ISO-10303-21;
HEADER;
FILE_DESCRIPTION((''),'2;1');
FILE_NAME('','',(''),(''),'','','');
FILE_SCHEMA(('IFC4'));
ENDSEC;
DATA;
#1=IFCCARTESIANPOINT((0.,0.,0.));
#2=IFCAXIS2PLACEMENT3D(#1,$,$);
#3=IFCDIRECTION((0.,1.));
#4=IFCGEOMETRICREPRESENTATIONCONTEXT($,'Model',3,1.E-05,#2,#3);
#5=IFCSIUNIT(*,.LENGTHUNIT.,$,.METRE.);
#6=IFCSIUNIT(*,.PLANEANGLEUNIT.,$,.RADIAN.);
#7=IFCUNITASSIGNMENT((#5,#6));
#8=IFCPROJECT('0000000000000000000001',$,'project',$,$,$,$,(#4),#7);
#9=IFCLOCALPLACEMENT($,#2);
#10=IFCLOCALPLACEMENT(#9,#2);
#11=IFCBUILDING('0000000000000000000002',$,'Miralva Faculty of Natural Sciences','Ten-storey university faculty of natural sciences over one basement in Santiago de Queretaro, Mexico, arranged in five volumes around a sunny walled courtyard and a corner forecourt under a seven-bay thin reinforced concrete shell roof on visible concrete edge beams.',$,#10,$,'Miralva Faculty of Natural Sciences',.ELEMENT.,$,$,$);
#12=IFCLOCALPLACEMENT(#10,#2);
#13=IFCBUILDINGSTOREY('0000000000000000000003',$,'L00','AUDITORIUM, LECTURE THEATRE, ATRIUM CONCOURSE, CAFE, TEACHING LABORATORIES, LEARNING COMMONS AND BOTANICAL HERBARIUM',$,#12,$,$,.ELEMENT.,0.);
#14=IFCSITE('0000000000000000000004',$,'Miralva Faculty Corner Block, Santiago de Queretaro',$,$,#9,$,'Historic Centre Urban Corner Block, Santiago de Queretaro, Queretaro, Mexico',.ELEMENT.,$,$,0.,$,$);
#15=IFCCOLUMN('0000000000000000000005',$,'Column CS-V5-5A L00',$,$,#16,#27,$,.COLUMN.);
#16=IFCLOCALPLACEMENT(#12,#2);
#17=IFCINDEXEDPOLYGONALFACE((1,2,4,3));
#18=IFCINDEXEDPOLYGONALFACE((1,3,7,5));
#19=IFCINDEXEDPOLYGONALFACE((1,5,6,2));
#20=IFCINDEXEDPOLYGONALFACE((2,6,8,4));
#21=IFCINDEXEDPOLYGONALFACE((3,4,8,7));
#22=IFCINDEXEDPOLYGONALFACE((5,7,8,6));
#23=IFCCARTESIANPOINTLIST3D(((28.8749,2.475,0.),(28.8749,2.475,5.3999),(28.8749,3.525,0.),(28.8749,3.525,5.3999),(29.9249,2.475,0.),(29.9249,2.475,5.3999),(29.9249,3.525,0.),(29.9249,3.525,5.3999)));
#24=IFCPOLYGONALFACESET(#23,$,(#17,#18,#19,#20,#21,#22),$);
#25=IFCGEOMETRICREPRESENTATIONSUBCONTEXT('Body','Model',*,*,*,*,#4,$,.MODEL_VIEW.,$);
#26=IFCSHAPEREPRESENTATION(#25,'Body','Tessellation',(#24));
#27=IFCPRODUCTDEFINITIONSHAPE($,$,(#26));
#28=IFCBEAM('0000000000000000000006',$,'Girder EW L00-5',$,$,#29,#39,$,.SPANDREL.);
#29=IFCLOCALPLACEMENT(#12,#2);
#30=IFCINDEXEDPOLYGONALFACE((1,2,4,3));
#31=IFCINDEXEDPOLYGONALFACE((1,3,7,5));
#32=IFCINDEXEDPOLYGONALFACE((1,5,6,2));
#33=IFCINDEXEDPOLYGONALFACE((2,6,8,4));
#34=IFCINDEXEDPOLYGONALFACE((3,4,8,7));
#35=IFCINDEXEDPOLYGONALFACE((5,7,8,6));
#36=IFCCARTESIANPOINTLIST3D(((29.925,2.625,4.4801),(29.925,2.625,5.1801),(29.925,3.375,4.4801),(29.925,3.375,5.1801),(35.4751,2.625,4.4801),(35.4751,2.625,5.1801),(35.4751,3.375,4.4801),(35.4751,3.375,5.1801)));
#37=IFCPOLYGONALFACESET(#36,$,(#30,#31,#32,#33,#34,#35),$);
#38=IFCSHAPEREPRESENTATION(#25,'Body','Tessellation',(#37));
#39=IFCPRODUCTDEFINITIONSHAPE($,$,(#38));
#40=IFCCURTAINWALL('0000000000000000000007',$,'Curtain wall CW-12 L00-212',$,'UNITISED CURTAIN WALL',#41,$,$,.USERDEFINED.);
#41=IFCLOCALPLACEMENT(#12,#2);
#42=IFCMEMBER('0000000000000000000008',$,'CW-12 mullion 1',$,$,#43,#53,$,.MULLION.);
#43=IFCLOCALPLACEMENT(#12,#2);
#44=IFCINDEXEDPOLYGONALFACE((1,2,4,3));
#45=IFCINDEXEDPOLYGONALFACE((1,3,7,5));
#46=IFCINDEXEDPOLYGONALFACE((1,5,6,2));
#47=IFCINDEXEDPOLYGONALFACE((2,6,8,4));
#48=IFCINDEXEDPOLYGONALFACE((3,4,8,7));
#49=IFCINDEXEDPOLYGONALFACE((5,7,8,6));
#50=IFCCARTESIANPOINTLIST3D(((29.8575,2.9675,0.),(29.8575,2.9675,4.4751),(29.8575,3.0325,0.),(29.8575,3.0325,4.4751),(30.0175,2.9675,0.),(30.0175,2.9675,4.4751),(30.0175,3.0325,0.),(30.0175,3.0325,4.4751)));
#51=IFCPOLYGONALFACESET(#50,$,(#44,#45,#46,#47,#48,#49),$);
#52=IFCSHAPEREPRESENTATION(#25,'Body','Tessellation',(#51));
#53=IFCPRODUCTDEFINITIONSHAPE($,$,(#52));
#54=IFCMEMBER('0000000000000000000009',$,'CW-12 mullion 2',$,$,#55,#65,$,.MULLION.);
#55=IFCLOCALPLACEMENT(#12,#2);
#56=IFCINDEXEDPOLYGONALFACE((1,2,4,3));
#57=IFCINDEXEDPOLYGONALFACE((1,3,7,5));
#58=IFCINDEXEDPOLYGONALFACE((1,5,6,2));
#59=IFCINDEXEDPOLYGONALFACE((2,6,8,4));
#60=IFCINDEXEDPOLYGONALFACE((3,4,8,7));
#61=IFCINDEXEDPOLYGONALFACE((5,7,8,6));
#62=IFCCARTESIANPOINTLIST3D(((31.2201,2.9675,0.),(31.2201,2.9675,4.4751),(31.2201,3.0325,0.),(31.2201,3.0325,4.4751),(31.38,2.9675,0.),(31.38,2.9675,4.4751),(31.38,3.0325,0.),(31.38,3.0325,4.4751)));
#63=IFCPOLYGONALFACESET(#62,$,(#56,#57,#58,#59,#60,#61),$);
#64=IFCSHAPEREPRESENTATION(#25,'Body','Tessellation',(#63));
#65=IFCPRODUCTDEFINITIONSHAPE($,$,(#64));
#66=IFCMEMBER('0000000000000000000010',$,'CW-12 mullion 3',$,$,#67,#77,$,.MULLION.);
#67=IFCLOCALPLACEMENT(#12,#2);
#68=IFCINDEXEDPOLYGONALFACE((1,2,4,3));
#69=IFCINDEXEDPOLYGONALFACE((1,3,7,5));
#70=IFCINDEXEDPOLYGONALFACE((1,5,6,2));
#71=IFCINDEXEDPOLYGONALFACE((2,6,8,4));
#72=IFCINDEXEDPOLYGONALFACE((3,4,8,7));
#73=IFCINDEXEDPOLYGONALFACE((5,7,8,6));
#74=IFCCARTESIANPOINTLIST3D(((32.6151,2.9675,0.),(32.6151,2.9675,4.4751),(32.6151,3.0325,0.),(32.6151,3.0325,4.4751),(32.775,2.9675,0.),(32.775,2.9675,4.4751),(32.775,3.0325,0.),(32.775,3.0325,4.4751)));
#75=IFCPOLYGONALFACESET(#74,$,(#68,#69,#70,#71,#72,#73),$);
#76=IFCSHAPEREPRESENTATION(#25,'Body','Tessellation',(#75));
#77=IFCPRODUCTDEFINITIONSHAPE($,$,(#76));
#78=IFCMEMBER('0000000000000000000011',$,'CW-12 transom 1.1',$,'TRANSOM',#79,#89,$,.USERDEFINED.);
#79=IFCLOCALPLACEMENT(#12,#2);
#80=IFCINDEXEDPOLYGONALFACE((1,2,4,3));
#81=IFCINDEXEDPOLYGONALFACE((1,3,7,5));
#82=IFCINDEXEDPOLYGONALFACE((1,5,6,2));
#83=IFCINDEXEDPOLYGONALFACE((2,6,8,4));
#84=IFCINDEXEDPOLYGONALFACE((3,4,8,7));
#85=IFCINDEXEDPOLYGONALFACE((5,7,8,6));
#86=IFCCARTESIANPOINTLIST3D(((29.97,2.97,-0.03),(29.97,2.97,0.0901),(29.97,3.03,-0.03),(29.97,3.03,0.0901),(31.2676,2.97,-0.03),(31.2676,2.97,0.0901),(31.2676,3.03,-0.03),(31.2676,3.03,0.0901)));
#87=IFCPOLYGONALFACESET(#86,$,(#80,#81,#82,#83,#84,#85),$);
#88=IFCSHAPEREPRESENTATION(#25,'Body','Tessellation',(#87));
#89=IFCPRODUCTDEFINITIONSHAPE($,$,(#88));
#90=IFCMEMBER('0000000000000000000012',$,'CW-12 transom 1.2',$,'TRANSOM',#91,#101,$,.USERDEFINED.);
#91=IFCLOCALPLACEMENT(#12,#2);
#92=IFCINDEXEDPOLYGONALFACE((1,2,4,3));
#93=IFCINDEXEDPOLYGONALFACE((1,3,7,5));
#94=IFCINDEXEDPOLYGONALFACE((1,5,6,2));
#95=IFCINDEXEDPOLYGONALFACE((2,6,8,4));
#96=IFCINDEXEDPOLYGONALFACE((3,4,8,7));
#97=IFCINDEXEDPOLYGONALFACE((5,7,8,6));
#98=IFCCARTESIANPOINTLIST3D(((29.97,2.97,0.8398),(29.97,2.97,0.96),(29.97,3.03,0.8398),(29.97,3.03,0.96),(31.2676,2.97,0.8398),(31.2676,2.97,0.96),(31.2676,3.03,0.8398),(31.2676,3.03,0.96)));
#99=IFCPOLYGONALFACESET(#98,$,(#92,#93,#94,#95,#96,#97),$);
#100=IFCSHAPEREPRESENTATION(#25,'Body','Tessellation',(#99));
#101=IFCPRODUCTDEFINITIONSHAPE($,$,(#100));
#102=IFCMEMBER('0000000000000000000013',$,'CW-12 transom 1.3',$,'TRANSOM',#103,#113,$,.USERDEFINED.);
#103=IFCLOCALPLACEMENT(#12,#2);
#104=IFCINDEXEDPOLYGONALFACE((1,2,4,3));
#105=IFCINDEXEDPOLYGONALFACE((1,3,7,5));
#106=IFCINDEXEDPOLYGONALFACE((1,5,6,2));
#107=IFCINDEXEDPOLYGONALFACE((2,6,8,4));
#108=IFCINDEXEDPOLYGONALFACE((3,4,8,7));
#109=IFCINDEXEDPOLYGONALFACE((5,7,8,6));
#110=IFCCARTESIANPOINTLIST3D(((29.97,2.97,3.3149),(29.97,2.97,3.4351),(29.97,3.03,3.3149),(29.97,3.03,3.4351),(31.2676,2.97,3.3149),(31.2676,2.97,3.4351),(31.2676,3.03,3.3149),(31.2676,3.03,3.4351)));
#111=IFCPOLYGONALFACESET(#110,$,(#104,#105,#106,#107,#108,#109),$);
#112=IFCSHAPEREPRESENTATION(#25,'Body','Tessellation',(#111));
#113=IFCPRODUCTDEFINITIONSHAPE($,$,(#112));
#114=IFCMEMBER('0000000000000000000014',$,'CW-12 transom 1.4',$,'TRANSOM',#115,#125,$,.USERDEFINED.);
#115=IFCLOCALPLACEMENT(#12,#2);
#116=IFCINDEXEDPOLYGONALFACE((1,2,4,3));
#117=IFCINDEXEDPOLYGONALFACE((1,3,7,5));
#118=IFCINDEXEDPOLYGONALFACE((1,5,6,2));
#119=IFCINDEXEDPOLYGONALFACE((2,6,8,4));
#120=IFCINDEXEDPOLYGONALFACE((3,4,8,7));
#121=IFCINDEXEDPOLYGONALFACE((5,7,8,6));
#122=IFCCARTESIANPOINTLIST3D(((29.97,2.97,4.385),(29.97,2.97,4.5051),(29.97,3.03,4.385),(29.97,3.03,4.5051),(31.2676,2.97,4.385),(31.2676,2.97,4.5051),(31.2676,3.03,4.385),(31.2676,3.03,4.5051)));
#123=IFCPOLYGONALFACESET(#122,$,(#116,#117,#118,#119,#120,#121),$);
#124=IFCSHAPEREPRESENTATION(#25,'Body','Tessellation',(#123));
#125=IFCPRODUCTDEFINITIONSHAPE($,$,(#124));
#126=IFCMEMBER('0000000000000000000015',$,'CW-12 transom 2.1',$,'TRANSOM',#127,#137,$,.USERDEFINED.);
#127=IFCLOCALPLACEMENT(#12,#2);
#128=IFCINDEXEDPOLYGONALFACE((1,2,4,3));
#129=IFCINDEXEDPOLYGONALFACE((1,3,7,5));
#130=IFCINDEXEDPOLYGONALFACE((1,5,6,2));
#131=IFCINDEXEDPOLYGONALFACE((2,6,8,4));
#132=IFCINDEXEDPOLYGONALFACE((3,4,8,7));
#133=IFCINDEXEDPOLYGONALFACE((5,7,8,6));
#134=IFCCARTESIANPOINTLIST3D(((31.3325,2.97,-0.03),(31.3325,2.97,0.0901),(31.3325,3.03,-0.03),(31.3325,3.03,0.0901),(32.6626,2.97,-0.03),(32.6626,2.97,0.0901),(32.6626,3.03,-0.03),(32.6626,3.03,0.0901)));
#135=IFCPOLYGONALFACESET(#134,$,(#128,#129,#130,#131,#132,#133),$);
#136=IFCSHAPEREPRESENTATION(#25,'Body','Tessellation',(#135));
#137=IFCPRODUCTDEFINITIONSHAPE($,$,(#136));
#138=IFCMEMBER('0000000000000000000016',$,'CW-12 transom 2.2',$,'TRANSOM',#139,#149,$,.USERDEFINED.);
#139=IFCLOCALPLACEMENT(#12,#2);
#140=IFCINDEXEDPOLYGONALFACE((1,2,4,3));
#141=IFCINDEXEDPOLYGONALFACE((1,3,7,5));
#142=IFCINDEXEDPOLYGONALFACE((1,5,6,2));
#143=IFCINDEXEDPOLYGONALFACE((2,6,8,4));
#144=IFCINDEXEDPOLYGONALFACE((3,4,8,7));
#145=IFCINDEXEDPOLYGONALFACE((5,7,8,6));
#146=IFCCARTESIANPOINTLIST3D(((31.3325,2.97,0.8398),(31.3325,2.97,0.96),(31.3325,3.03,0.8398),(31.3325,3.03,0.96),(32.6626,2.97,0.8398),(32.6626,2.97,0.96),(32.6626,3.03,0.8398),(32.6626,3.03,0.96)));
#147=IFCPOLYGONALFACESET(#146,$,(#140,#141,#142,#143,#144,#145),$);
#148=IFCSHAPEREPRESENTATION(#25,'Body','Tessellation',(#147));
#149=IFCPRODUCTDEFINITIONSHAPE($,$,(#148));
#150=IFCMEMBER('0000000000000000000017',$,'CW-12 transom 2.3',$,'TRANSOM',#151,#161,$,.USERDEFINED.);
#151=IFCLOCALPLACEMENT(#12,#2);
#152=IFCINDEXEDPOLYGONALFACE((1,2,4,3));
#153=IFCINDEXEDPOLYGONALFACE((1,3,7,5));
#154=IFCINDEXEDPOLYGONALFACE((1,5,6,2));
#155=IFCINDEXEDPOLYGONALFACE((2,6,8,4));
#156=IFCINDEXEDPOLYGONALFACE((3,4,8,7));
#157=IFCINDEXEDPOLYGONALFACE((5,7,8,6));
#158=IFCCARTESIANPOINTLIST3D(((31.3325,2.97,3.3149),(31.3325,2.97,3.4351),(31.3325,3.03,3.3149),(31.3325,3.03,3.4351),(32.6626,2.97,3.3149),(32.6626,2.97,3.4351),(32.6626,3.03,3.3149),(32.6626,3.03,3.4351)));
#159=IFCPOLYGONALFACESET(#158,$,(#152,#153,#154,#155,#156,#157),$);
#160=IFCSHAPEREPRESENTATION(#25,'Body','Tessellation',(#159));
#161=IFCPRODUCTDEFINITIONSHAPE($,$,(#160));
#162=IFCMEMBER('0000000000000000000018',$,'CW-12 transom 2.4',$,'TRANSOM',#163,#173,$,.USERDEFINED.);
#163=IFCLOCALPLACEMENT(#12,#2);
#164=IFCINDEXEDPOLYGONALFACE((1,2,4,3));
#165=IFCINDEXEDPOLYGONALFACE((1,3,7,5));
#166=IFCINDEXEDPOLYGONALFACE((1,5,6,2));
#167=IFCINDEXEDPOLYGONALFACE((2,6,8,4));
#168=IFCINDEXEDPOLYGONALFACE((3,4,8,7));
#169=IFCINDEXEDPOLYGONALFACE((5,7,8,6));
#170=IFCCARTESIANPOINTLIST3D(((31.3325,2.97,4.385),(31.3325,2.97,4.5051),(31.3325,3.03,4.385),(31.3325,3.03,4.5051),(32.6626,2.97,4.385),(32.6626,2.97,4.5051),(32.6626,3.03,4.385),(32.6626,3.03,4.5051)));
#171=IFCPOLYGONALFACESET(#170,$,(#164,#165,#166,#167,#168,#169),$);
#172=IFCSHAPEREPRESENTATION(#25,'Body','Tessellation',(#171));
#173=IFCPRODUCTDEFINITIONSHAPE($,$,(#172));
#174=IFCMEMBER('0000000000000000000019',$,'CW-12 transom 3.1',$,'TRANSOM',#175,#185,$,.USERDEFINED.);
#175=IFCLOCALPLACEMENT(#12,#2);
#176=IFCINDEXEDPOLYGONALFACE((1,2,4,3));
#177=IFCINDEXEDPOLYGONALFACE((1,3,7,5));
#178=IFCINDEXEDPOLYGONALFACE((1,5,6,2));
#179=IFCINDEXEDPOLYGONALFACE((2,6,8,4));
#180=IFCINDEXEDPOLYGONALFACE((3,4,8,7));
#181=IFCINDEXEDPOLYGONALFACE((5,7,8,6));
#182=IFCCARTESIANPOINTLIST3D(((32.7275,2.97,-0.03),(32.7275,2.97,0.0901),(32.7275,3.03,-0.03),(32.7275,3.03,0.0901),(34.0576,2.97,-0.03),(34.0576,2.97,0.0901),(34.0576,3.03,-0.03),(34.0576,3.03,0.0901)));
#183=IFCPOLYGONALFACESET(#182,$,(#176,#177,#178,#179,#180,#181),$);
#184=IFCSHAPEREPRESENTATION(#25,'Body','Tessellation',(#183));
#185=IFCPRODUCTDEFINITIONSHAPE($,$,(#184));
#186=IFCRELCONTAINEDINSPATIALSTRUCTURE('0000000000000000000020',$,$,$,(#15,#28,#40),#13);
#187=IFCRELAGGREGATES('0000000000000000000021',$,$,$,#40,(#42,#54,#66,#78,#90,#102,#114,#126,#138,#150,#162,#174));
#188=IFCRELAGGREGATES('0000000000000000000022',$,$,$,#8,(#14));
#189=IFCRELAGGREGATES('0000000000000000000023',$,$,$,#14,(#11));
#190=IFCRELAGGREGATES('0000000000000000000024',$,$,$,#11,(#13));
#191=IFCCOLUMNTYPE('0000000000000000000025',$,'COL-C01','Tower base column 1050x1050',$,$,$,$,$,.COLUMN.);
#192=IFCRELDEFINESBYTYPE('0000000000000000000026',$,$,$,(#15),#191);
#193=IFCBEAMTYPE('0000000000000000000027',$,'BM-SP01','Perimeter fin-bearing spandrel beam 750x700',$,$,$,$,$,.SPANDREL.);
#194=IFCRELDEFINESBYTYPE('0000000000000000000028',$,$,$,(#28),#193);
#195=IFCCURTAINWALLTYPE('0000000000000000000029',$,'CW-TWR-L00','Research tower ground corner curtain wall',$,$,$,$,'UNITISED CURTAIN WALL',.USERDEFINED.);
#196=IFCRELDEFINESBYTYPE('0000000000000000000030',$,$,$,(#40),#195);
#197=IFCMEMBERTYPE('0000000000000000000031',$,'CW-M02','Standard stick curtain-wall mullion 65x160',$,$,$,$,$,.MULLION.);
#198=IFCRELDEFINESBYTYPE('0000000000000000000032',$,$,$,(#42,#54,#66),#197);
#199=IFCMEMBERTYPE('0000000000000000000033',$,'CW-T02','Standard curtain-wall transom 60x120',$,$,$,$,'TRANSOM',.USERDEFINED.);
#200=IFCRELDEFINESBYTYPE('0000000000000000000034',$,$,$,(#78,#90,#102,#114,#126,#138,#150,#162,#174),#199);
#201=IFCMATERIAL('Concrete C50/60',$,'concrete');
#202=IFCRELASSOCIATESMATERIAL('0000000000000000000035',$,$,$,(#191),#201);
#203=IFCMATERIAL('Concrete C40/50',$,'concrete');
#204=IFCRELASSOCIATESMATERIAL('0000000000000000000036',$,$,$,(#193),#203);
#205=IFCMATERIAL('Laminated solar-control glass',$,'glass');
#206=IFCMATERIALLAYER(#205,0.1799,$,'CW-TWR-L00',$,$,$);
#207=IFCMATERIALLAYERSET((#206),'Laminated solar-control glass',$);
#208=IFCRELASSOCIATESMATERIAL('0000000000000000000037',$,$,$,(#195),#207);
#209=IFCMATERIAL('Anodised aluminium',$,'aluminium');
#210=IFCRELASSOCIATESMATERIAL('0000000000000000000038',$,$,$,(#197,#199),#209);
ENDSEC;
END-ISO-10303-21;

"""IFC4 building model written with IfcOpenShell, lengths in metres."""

from ifc_helpers import new_model, si_unit, direction, frame, origin, origin_2d, place, context, subcontext, project, spatial, rectangle, extrude, material, layer, layer_set, material_profile, profile_set, type_object, element, aggregate, save


model = new_model("IFC4")

# Units and contexts
model_context = context("Model", 3, precision=1e-05, world=origin(), true_north=direction((0.0, 1.0)))
body_context = subcontext(model_context, "Body", "Model", "MODEL_VIEW")
ifc_project = project(units=[si_unit("LENGTHUNIT", "METRE"), si_unit("PLANEANGLEUNIT", "RADIAN")], contexts=[model_context])

# Site, building, storey
site_placement = place(None, origin())
site = spatial("IfcSite", under=ifc_project, at=site_placement, Name="Miralva Faculty Corner Block, Santiago de Queretaro", LongName="Historic Centre Urban Corner Block, Santiago de Queretaro, Queretaro, Mexico", CompositionType="ELEMENT", RefElevation=0.0)
building_placement = place(site_placement, origin())
building = spatial("IfcBuilding", under=site, at=building_placement, Name="Miralva Faculty of Natural Sciences", Description="Ten-storey university faculty of natural sciences over one basement in Santiago de Queretaro, Mexico, arranged in five volumes around a sunny walled courtyard and a corner forecourt under a seven-bay thin reinforced concrete shell roof on visible concrete edge beams.", LongName="Miralva Faculty of Natural Sciences", CompositionType="ELEMENT")
storey_placement = place(building_placement, origin())
storey = spatial("IfcBuildingStorey", under=building, at=storey_placement, Name="L00", Description="AUDITORIUM, LECTURE THEATRE, ATRIUM CONCOURSE, CAFE, TEACHING LABORATORIES, LEARNING COMMONS AND BOTANICAL HERBARIUM", CompositionType="ELEMENT", Elevation=0.0)

# Column
ifc_material_1 = material(Name="Concrete C50/60", Category="concrete")
ifc_material_profile_1 = material_profile(ifc_material_1, rectangle(XDim=1.05, YDim=1.05, at=origin_2d()), Name="RC 1050x1050")
ifc_profile_set_1 = profile_set([ifc_material_profile_1], Name="Concrete C50/60")
column_type = type_object("IfcColumnType", Name="COL-C01", Description="Tower base column 1050x1050", PredefinedType="COLUMN", material=ifc_profile_set_1)
column_placement = place(storey_placement, frame((29.3999, 3.0, 0.0), z_axis=(0.0, 0.0, 1.0), x_axis=(1.0, 0.0, 0.0)))
element("IfcColumn", 1, at=column_placement, inside=storey, type_object=column_type, Name="Column CS-V5-5A L00", PredefinedType="COLUMN", context=body_context, shape_type="SweptSolid", body=[
    extrude(rectangle(XDim=1.05, YDim=1.05, at=origin_2d()), origin(), (0.0, 0.0, 1.0), 5.3999),
])

# Beam
ifc_material_2 = material(Name="Concrete C40/50", Category="concrete")
ifc_material_profile_2 = material_profile(ifc_material_2, rectangle(XDim=0.75, YDim=0.7, at=origin_2d()), Name="RC 750x700")
ifc_profile_set_2 = profile_set([ifc_material_profile_2], Name="Concrete C40/50")
beam_type = type_object("IfcBeamType", Name="BM-SP01", Description="Perimeter fin-bearing spandrel beam 750x700", PredefinedType="SPANDREL", material=ifc_profile_set_2)
beam_placement = place(storey_placement, frame((29.925, 3.0, 4.8301), z_axis=(1.0, 0.0, 0.0), x_axis=(0.0, 1.0, 0.0)))
element("IfcBeam", 2, at=beam_placement, inside=storey, type_object=beam_type, Name="Girder EW L00-5", PredefinedType="SPANDREL", context=body_context, shape_type="SweptSolid", body=[
    extrude(rectangle(XDim=0.75, YDim=0.7, at=origin_2d()), origin(), (0.0, 0.0, 1.0), 5.55),
])

# Curtain wall, members
ifc_material_3 = material(Name="Laminated solar-control glass", Category="glass")
ifc_layer_1 = layer(ifc_material_3, 0.1799, Name="CW-TWR-L00")
ifc_layer_set_1 = layer_set([ifc_layer_1], Name="Laminated solar-control glass")
curtain_wall_type = type_object("IfcCurtainWallType", Name="CW-TWR-L00", Description="Research tower ground corner curtain wall", ElementType="UNITISED CURTAIN WALL", PredefinedType="USERDEFINED", material=ifc_layer_set_1)
curtain_wall_placement = place(storey_placement, origin())
curtain_wall = element("IfcCurtainWall", 3, at=curtain_wall_placement, inside=storey, type_object=curtain_wall_type, Name="Curtain wall CW-12 L00-212", ObjectType="UNITISED CURTAIN WALL", PredefinedType="USERDEFINED")
ifc_material_4 = material(Name="Anodised aluminium", Category="aluminium")
ifc_material_profile_3 = material_profile(ifc_material_4, rectangle(XDim=0.0649, YDim=0.1599, at=origin_2d()), Name="MULLION 65x160")
ifc_profile_set_3 = profile_set([ifc_material_profile_3], Name="Anodised aluminium")
member_type_1 = type_object("IfcMemberType", Name="CW-M02", Description="Standard stick curtain-wall mullion 65x160", PredefinedType="MULLION", material=ifc_profile_set_3)
member_1_placement = place(storey_placement, frame((29.9375, 3.0, 0.0), z_axis=(0.0, 0.0, 1.0), x_axis=(0.0, 1.0, 0.0)))
member_1 = element("IfcMember", 4, at=member_1_placement, type_object=member_type_1, Name="CW-12 mullion 1", PredefinedType="MULLION", context=body_context, shape_type="SweptSolid", body=[
    extrude(rectangle(XDim=0.0649, YDim=0.1599, at=origin_2d()), origin(), (0.0, 0.0, 1.0), 4.4751),
])
member_2_placement = place(storey_placement, frame((31.3, 3.0, 0.0), z_axis=(0.0, 0.0, 1.0), x_axis=(0.0, 1.0, 0.0)))
member_2 = element("IfcMember", 5, at=member_2_placement, type_object=member_type_1, Name="CW-12 mullion 2", PredefinedType="MULLION", context=body_context, shape_type="SweptSolid", body=[
    extrude(rectangle(XDim=0.0649, YDim=0.1599, at=origin_2d()), origin(), (0.0, 0.0, 1.0), 4.4751),
])
member_3_placement = place(storey_placement, frame((32.6951, 3.0, 0.0), z_axis=(0.0, 0.0, 1.0), x_axis=(0.0, 1.0, 0.0)))
member_3 = element("IfcMember", 6, at=member_3_placement, type_object=member_type_1, Name="CW-12 mullion 3", PredefinedType="MULLION", context=body_context, shape_type="SweptSolid", body=[
    extrude(rectangle(XDim=0.0649, YDim=0.1599, at=origin_2d()), origin(), (0.0, 0.0, 1.0), 4.4751),
])
ifc_material_profile_4 = material_profile(ifc_material_4, rectangle(XDim=0.0601, YDim=0.1201, at=origin_2d()), Name="TRANSOM 60x120")
ifc_profile_set_4 = profile_set([ifc_material_profile_4], Name="Anodised aluminium")
member_type_2 = type_object("IfcMemberType", Name="CW-T02", Description="Standard curtain-wall transom 60x120", ElementType="TRANSOM", PredefinedType="USERDEFINED", material=ifc_profile_set_4)
member_4_placement = place(storey_placement, frame((29.97, 3.0, 0.03), z_axis=(1.0, 0.0, 0.0), x_axis=(0.0, 1.0, 0.0)))
member_4 = element("IfcMember", 7, at=member_4_placement, type_object=member_type_2, Name="CW-12 transom 1.1", ObjectType="TRANSOM", PredefinedType="USERDEFINED", context=body_context, shape_type="SweptSolid", body=[
    extrude(rectangle(XDim=0.0601, YDim=0.1201, at=origin_2d()), origin(), (0.0, 0.0, 1.0), 1.2976),
])
member_5_placement = place(storey_placement, frame((29.97, 3.0, 0.8999), z_axis=(1.0, 0.0, 0.0), x_axis=(0.0, 1.0, 0.0)))
member_5 = element("IfcMember", 8, at=member_5_placement, type_object=member_type_2, Name="CW-12 transom 1.2", ObjectType="TRANSOM", PredefinedType="USERDEFINED", context=body_context, shape_type="SweptSolid", body=[
    extrude(rectangle(XDim=0.0601, YDim=0.1201, at=origin_2d()), origin(), (0.0, 0.0, 1.0), 1.2976),
])
member_6_placement = place(storey_placement, frame((29.97, 3.0, 3.375), z_axis=(1.0, 0.0, 0.0), x_axis=(0.0, 1.0, 0.0)))
member_6 = element("IfcMember", 9, at=member_6_placement, type_object=member_type_2, Name="CW-12 transom 1.3", ObjectType="TRANSOM", PredefinedType="USERDEFINED", context=body_context, shape_type="SweptSolid", body=[
    extrude(rectangle(XDim=0.0601, YDim=0.1201, at=origin_2d()), origin(), (0.0, 0.0, 1.0), 1.2976),
])
member_7_placement = place(storey_placement, frame((29.97, 3.0, 4.4451), z_axis=(1.0, 0.0, 0.0), x_axis=(0.0, 1.0, 0.0)))
member_7 = element("IfcMember", 10, at=member_7_placement, type_object=member_type_2, Name="CW-12 transom 1.4", ObjectType="TRANSOM", PredefinedType="USERDEFINED", context=body_context, shape_type="SweptSolid", body=[
    extrude(rectangle(XDim=0.0601, YDim=0.1201, at=origin_2d()), origin(), (0.0, 0.0, 1.0), 1.2976),
])
member_8_placement = place(storey_placement, frame((31.3325, 3.0, 0.03), z_axis=(1.0, 0.0, 0.0), x_axis=(0.0, 1.0, 0.0)))
member_8 = element("IfcMember", 11, at=member_8_placement, type_object=member_type_2, Name="CW-12 transom 2.1", ObjectType="TRANSOM", PredefinedType="USERDEFINED", context=body_context, shape_type="SweptSolid", body=[
    extrude(rectangle(XDim=0.0601, YDim=0.1201, at=origin_2d()), origin(), (0.0, 0.0, 1.0), 1.3301),
])
member_9_placement = place(storey_placement, frame((31.3325, 3.0, 0.8999), z_axis=(1.0, 0.0, 0.0), x_axis=(0.0, 1.0, 0.0)))
member_9 = element("IfcMember", 12, at=member_9_placement, type_object=member_type_2, Name="CW-12 transom 2.2", ObjectType="TRANSOM", PredefinedType="USERDEFINED", context=body_context, shape_type="SweptSolid", body=[
    extrude(rectangle(XDim=0.0601, YDim=0.1201, at=origin_2d()), origin(), (0.0, 0.0, 1.0), 1.3301),
])
member_10_placement = place(storey_placement, frame((31.3325, 3.0, 3.375), z_axis=(1.0, 0.0, 0.0), x_axis=(0.0, 1.0, 0.0)))
member_10 = element("IfcMember", 13, at=member_10_placement, type_object=member_type_2, Name="CW-12 transom 2.3", ObjectType="TRANSOM", PredefinedType="USERDEFINED", context=body_context, shape_type="SweptSolid", body=[
    extrude(rectangle(XDim=0.0601, YDim=0.1201, at=origin_2d()), origin(), (0.0, 0.0, 1.0), 1.3301),
])
member_11_placement = place(storey_placement, frame((31.3325, 3.0, 4.4451), z_axis=(1.0, 0.0, 0.0), x_axis=(0.0, 1.0, 0.0)))
member_11 = element("IfcMember", 14, at=member_11_placement, type_object=member_type_2, Name="CW-12 transom 2.4", ObjectType="TRANSOM", PredefinedType="USERDEFINED", context=body_context, shape_type="SweptSolid", body=[
    extrude(rectangle(XDim=0.0601, YDim=0.1201, at=origin_2d()), origin(), (0.0, 0.0, 1.0), 1.3301),
])
member_12_placement = place(storey_placement, frame((32.7275, 3.0, 0.03), z_axis=(1.0, 0.0, 0.0), x_axis=(0.0, 1.0, 0.0)))
member_12 = element("IfcMember", 15, at=member_12_placement, type_object=member_type_2, Name="CW-12 transom 3.1", ObjectType="TRANSOM", PredefinedType="USERDEFINED", context=body_context, shape_type="SweptSolid", body=[
    extrude(rectangle(XDim=0.0601, YDim=0.1201, at=origin_2d()), origin(), (0.0, 0.0, 1.0), 1.3301),
])

aggregate(curtain_wall, [member_1, member_2, member_3, member_4, member_5, member_6, member_7, member_8, member_9, member_10, member_11, member_12])

save(model, "model.ifc")
